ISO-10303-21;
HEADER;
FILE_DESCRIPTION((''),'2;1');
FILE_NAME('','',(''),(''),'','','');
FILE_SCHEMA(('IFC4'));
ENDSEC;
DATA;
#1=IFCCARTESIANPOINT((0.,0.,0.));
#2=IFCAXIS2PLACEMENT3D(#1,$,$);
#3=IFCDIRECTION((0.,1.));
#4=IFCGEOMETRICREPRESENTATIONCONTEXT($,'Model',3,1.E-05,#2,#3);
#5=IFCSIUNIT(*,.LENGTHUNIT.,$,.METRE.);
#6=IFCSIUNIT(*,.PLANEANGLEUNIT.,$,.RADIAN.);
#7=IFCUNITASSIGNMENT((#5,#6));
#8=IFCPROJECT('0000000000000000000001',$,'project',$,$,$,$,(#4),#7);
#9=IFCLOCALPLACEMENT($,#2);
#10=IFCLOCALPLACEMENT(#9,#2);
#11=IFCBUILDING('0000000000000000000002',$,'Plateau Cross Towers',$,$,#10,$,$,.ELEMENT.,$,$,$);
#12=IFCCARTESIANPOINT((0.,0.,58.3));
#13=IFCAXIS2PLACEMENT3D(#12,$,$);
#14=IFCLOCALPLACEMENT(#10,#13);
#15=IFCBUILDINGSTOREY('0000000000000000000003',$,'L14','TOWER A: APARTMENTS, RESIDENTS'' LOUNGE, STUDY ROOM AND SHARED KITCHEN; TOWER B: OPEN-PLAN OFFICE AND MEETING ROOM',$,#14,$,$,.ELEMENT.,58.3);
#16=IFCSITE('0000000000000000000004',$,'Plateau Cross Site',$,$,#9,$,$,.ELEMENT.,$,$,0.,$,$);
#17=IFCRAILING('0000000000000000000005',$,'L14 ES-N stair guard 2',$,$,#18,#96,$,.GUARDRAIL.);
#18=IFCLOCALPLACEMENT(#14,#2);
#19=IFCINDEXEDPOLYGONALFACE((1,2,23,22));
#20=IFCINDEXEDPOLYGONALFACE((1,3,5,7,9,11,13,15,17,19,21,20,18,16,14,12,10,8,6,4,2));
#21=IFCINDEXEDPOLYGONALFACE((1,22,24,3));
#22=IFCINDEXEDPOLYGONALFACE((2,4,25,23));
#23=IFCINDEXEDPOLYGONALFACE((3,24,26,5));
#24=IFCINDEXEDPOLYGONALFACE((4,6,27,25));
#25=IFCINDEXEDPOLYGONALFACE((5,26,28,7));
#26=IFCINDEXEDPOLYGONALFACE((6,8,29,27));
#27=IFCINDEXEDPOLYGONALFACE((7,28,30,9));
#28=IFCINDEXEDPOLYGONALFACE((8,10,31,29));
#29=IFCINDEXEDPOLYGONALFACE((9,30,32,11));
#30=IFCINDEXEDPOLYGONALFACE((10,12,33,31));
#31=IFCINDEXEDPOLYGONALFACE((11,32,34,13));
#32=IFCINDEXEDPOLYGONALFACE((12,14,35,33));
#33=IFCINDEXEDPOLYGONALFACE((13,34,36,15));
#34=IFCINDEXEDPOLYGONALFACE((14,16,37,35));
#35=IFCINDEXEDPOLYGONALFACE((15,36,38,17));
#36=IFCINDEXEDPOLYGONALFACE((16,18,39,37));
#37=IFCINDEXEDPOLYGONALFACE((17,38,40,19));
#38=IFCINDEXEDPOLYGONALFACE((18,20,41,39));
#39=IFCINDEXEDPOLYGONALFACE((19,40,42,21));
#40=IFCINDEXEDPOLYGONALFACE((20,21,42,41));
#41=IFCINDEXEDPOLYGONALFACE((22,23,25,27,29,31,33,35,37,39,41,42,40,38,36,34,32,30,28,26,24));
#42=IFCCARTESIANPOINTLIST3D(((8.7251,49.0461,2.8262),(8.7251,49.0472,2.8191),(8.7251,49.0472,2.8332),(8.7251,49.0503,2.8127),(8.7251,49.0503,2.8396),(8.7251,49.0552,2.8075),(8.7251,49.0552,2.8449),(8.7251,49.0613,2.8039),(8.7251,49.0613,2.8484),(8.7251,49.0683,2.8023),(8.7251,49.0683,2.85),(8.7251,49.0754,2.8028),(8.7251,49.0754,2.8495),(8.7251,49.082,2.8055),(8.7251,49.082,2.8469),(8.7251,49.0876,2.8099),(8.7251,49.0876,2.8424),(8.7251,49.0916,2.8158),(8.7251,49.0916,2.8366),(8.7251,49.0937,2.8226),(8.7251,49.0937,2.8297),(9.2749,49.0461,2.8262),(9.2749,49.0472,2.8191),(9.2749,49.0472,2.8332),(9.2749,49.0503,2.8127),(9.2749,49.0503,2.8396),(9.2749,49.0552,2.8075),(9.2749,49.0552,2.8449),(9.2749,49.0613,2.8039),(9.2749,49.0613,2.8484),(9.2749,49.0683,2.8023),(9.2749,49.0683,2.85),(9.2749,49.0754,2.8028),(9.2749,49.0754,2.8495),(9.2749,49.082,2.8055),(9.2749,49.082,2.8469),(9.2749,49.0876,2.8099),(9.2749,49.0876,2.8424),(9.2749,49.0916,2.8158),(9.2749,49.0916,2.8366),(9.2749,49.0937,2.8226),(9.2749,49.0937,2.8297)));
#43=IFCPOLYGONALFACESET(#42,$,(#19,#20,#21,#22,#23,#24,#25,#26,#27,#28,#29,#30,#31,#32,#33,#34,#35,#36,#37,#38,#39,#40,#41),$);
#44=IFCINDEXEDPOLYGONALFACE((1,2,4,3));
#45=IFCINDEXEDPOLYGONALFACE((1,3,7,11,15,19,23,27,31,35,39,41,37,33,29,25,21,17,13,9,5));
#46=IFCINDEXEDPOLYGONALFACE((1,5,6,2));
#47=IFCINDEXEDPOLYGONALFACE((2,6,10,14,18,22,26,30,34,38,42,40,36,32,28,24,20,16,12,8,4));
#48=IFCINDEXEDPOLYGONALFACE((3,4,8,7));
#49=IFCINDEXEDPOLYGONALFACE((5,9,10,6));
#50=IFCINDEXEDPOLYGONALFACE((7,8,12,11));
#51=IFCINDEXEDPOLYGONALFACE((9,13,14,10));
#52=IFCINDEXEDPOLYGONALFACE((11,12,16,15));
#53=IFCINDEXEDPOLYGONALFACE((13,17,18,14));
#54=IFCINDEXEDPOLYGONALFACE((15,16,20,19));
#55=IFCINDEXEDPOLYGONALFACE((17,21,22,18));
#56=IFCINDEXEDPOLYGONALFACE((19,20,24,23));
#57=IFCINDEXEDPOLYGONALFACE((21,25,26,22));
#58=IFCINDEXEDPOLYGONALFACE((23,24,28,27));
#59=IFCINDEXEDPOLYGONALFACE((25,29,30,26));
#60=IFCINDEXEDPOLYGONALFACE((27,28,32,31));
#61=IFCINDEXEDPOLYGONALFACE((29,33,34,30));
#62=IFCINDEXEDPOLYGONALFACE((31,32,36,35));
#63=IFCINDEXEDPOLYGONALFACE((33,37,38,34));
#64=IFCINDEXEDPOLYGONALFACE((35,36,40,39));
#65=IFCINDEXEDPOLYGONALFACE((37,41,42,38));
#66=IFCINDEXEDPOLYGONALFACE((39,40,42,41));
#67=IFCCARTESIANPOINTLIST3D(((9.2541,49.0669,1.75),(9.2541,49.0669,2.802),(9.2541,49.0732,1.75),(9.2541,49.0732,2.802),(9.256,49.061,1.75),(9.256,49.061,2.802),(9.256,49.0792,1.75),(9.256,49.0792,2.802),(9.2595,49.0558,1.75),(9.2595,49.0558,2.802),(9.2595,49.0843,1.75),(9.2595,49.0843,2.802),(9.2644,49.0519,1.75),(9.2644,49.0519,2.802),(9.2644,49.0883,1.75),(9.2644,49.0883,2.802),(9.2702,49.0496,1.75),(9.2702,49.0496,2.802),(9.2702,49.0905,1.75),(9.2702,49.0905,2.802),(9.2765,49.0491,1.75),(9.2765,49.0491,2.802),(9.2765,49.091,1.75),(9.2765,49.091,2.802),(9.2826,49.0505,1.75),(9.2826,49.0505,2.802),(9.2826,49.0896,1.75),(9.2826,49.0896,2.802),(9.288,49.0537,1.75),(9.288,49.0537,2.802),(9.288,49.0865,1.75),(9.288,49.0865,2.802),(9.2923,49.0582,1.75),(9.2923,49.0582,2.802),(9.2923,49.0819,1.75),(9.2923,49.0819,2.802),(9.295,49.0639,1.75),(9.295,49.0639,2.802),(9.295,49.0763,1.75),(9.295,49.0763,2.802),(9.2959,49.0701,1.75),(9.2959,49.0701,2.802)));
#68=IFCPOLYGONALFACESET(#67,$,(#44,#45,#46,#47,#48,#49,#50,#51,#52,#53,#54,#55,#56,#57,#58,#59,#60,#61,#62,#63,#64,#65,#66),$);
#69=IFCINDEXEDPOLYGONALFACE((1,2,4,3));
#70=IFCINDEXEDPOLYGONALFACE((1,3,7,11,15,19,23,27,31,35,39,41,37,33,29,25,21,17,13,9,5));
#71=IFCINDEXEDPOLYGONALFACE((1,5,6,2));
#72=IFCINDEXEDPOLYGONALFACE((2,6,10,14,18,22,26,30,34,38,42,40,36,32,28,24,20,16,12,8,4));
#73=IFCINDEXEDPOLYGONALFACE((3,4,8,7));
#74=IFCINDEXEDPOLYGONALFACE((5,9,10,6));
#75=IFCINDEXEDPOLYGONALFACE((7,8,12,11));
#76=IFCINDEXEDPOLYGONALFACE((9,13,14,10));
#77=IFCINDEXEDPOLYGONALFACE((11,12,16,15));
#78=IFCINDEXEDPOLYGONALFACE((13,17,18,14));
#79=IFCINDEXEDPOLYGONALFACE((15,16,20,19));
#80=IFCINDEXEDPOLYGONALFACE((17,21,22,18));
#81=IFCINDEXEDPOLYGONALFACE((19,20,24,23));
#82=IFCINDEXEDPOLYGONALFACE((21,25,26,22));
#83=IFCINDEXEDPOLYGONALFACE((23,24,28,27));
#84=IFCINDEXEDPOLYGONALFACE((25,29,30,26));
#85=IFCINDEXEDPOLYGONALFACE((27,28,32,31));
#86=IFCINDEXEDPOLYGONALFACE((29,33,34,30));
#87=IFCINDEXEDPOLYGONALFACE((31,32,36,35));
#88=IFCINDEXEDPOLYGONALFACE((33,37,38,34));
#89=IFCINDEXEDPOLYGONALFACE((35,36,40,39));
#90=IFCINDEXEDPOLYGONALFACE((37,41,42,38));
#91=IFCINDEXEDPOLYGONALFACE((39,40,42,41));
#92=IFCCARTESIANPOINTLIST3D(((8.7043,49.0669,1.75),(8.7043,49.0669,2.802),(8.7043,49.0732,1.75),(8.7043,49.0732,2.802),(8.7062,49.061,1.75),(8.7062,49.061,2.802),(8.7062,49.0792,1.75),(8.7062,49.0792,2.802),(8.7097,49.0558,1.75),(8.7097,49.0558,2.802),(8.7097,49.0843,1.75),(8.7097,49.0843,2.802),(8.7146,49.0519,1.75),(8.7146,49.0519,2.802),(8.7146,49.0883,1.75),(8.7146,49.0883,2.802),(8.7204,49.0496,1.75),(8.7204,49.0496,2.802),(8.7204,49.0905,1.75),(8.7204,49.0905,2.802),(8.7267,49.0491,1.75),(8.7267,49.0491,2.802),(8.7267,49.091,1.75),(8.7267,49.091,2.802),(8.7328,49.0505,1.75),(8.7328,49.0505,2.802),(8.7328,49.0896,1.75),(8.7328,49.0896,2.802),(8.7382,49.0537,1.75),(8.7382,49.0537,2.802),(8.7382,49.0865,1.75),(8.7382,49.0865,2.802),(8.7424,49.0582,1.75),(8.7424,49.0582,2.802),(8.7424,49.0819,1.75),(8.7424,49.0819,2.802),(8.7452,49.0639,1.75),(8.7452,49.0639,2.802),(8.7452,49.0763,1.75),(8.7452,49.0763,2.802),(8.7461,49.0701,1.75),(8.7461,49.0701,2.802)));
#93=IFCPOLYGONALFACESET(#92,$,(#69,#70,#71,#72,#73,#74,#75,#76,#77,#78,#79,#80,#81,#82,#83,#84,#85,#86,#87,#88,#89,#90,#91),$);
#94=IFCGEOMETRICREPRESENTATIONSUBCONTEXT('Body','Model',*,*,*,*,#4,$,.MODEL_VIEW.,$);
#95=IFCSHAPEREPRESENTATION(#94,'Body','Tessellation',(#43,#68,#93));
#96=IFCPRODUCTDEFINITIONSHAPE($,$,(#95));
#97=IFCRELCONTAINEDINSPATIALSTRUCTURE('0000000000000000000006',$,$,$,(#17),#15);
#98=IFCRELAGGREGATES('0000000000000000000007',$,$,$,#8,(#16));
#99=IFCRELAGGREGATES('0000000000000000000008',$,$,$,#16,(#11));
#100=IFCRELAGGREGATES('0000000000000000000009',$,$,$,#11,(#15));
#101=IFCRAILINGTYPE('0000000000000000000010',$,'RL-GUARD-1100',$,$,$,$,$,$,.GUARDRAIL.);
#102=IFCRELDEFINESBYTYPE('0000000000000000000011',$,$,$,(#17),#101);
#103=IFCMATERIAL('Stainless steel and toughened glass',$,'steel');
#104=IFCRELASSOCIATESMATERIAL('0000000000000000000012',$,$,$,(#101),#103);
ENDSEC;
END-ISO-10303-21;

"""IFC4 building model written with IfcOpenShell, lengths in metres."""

from ifc_helpers import new_model, si_unit, direction, frame, origin, origin_2d, place, context, subcontext, project, spatial, circle, extrude, material, type_object, element, save


model = new_model("IFC4")

# Units and contexts
model_context = context("Model", 3, precision=1e-05, world=origin(), true_north=direction((0.0, 1.0)))
body_context = subcontext(model_context, "Body", "Model", "MODEL_VIEW")
ifc_project = project(units=[si_unit("LENGTHUNIT", "METRE"), si_unit("PLANEANGLEUNIT", "RADIAN")], contexts=[model_context])

# Site, building, storey
site_placement = place(None, origin())
site = spatial("IfcSite", under=ifc_project, at=site_placement, Name="Plateau Cross Site", CompositionType="ELEMENT", RefElevation=0.0)
building_placement = place(site_placement, origin())
building = spatial("IfcBuilding", under=site, at=building_placement, Name="Plateau Cross Towers", CompositionType="ELEMENT")
storey_placement = place(building_placement, frame((0.0, 0.0, 58.3)))
storey = spatial("IfcBuildingStorey", under=building, at=storey_placement, Name="L14", Description="TOWER A: APARTMENTS, RESIDENTS' LOUNGE, STUDY ROOM AND SHARED KITCHEN; TOWER B: OPEN-PLAN OFFICE AND MEETING ROOM", CompositionType="ELEMENT", Elevation=58.3)

# Railing
ifc_material_1 = material(Name="Stainless steel and toughened glass", Category="steel")
railing_type_1 = type_object("IfcRailingType", Name="RL-GUARD-1100", PredefinedType="GUARDRAIL", material=ifc_material_1)
railing_1_placement = place(storey_placement, frame((9.2749, 49.0701, 1.75)))
element("IfcRailing", 1, at=railing_1_placement, inside=storey, type_object=railing_type_1, Name="L14 ES-N stair guard 2", PredefinedType="GUARDRAIL", context=body_context, shape_type="SweptSolid", body=[
    extrude(circle(Radius=0.0239, at=origin_2d()), frame((0.0, 0.0, 1.0762), z_axis=(-1.0, 0.0, 0.0), x_axis=(0.0, -1.0, 0.0)), (0.0, 0.0, 1.0), 0.5498),
    extrude(circle(Radius=0.021, at=origin_2d()), origin(), (0.0, 0.0, 1.0), 1.052),
    extrude(circle(Radius=0.021, at=origin_2d()), frame((-0.5498, 0.0, 0.0)), (0.0, 0.0, 1.0), 1.052),
])

save(model, "model.ifc")
